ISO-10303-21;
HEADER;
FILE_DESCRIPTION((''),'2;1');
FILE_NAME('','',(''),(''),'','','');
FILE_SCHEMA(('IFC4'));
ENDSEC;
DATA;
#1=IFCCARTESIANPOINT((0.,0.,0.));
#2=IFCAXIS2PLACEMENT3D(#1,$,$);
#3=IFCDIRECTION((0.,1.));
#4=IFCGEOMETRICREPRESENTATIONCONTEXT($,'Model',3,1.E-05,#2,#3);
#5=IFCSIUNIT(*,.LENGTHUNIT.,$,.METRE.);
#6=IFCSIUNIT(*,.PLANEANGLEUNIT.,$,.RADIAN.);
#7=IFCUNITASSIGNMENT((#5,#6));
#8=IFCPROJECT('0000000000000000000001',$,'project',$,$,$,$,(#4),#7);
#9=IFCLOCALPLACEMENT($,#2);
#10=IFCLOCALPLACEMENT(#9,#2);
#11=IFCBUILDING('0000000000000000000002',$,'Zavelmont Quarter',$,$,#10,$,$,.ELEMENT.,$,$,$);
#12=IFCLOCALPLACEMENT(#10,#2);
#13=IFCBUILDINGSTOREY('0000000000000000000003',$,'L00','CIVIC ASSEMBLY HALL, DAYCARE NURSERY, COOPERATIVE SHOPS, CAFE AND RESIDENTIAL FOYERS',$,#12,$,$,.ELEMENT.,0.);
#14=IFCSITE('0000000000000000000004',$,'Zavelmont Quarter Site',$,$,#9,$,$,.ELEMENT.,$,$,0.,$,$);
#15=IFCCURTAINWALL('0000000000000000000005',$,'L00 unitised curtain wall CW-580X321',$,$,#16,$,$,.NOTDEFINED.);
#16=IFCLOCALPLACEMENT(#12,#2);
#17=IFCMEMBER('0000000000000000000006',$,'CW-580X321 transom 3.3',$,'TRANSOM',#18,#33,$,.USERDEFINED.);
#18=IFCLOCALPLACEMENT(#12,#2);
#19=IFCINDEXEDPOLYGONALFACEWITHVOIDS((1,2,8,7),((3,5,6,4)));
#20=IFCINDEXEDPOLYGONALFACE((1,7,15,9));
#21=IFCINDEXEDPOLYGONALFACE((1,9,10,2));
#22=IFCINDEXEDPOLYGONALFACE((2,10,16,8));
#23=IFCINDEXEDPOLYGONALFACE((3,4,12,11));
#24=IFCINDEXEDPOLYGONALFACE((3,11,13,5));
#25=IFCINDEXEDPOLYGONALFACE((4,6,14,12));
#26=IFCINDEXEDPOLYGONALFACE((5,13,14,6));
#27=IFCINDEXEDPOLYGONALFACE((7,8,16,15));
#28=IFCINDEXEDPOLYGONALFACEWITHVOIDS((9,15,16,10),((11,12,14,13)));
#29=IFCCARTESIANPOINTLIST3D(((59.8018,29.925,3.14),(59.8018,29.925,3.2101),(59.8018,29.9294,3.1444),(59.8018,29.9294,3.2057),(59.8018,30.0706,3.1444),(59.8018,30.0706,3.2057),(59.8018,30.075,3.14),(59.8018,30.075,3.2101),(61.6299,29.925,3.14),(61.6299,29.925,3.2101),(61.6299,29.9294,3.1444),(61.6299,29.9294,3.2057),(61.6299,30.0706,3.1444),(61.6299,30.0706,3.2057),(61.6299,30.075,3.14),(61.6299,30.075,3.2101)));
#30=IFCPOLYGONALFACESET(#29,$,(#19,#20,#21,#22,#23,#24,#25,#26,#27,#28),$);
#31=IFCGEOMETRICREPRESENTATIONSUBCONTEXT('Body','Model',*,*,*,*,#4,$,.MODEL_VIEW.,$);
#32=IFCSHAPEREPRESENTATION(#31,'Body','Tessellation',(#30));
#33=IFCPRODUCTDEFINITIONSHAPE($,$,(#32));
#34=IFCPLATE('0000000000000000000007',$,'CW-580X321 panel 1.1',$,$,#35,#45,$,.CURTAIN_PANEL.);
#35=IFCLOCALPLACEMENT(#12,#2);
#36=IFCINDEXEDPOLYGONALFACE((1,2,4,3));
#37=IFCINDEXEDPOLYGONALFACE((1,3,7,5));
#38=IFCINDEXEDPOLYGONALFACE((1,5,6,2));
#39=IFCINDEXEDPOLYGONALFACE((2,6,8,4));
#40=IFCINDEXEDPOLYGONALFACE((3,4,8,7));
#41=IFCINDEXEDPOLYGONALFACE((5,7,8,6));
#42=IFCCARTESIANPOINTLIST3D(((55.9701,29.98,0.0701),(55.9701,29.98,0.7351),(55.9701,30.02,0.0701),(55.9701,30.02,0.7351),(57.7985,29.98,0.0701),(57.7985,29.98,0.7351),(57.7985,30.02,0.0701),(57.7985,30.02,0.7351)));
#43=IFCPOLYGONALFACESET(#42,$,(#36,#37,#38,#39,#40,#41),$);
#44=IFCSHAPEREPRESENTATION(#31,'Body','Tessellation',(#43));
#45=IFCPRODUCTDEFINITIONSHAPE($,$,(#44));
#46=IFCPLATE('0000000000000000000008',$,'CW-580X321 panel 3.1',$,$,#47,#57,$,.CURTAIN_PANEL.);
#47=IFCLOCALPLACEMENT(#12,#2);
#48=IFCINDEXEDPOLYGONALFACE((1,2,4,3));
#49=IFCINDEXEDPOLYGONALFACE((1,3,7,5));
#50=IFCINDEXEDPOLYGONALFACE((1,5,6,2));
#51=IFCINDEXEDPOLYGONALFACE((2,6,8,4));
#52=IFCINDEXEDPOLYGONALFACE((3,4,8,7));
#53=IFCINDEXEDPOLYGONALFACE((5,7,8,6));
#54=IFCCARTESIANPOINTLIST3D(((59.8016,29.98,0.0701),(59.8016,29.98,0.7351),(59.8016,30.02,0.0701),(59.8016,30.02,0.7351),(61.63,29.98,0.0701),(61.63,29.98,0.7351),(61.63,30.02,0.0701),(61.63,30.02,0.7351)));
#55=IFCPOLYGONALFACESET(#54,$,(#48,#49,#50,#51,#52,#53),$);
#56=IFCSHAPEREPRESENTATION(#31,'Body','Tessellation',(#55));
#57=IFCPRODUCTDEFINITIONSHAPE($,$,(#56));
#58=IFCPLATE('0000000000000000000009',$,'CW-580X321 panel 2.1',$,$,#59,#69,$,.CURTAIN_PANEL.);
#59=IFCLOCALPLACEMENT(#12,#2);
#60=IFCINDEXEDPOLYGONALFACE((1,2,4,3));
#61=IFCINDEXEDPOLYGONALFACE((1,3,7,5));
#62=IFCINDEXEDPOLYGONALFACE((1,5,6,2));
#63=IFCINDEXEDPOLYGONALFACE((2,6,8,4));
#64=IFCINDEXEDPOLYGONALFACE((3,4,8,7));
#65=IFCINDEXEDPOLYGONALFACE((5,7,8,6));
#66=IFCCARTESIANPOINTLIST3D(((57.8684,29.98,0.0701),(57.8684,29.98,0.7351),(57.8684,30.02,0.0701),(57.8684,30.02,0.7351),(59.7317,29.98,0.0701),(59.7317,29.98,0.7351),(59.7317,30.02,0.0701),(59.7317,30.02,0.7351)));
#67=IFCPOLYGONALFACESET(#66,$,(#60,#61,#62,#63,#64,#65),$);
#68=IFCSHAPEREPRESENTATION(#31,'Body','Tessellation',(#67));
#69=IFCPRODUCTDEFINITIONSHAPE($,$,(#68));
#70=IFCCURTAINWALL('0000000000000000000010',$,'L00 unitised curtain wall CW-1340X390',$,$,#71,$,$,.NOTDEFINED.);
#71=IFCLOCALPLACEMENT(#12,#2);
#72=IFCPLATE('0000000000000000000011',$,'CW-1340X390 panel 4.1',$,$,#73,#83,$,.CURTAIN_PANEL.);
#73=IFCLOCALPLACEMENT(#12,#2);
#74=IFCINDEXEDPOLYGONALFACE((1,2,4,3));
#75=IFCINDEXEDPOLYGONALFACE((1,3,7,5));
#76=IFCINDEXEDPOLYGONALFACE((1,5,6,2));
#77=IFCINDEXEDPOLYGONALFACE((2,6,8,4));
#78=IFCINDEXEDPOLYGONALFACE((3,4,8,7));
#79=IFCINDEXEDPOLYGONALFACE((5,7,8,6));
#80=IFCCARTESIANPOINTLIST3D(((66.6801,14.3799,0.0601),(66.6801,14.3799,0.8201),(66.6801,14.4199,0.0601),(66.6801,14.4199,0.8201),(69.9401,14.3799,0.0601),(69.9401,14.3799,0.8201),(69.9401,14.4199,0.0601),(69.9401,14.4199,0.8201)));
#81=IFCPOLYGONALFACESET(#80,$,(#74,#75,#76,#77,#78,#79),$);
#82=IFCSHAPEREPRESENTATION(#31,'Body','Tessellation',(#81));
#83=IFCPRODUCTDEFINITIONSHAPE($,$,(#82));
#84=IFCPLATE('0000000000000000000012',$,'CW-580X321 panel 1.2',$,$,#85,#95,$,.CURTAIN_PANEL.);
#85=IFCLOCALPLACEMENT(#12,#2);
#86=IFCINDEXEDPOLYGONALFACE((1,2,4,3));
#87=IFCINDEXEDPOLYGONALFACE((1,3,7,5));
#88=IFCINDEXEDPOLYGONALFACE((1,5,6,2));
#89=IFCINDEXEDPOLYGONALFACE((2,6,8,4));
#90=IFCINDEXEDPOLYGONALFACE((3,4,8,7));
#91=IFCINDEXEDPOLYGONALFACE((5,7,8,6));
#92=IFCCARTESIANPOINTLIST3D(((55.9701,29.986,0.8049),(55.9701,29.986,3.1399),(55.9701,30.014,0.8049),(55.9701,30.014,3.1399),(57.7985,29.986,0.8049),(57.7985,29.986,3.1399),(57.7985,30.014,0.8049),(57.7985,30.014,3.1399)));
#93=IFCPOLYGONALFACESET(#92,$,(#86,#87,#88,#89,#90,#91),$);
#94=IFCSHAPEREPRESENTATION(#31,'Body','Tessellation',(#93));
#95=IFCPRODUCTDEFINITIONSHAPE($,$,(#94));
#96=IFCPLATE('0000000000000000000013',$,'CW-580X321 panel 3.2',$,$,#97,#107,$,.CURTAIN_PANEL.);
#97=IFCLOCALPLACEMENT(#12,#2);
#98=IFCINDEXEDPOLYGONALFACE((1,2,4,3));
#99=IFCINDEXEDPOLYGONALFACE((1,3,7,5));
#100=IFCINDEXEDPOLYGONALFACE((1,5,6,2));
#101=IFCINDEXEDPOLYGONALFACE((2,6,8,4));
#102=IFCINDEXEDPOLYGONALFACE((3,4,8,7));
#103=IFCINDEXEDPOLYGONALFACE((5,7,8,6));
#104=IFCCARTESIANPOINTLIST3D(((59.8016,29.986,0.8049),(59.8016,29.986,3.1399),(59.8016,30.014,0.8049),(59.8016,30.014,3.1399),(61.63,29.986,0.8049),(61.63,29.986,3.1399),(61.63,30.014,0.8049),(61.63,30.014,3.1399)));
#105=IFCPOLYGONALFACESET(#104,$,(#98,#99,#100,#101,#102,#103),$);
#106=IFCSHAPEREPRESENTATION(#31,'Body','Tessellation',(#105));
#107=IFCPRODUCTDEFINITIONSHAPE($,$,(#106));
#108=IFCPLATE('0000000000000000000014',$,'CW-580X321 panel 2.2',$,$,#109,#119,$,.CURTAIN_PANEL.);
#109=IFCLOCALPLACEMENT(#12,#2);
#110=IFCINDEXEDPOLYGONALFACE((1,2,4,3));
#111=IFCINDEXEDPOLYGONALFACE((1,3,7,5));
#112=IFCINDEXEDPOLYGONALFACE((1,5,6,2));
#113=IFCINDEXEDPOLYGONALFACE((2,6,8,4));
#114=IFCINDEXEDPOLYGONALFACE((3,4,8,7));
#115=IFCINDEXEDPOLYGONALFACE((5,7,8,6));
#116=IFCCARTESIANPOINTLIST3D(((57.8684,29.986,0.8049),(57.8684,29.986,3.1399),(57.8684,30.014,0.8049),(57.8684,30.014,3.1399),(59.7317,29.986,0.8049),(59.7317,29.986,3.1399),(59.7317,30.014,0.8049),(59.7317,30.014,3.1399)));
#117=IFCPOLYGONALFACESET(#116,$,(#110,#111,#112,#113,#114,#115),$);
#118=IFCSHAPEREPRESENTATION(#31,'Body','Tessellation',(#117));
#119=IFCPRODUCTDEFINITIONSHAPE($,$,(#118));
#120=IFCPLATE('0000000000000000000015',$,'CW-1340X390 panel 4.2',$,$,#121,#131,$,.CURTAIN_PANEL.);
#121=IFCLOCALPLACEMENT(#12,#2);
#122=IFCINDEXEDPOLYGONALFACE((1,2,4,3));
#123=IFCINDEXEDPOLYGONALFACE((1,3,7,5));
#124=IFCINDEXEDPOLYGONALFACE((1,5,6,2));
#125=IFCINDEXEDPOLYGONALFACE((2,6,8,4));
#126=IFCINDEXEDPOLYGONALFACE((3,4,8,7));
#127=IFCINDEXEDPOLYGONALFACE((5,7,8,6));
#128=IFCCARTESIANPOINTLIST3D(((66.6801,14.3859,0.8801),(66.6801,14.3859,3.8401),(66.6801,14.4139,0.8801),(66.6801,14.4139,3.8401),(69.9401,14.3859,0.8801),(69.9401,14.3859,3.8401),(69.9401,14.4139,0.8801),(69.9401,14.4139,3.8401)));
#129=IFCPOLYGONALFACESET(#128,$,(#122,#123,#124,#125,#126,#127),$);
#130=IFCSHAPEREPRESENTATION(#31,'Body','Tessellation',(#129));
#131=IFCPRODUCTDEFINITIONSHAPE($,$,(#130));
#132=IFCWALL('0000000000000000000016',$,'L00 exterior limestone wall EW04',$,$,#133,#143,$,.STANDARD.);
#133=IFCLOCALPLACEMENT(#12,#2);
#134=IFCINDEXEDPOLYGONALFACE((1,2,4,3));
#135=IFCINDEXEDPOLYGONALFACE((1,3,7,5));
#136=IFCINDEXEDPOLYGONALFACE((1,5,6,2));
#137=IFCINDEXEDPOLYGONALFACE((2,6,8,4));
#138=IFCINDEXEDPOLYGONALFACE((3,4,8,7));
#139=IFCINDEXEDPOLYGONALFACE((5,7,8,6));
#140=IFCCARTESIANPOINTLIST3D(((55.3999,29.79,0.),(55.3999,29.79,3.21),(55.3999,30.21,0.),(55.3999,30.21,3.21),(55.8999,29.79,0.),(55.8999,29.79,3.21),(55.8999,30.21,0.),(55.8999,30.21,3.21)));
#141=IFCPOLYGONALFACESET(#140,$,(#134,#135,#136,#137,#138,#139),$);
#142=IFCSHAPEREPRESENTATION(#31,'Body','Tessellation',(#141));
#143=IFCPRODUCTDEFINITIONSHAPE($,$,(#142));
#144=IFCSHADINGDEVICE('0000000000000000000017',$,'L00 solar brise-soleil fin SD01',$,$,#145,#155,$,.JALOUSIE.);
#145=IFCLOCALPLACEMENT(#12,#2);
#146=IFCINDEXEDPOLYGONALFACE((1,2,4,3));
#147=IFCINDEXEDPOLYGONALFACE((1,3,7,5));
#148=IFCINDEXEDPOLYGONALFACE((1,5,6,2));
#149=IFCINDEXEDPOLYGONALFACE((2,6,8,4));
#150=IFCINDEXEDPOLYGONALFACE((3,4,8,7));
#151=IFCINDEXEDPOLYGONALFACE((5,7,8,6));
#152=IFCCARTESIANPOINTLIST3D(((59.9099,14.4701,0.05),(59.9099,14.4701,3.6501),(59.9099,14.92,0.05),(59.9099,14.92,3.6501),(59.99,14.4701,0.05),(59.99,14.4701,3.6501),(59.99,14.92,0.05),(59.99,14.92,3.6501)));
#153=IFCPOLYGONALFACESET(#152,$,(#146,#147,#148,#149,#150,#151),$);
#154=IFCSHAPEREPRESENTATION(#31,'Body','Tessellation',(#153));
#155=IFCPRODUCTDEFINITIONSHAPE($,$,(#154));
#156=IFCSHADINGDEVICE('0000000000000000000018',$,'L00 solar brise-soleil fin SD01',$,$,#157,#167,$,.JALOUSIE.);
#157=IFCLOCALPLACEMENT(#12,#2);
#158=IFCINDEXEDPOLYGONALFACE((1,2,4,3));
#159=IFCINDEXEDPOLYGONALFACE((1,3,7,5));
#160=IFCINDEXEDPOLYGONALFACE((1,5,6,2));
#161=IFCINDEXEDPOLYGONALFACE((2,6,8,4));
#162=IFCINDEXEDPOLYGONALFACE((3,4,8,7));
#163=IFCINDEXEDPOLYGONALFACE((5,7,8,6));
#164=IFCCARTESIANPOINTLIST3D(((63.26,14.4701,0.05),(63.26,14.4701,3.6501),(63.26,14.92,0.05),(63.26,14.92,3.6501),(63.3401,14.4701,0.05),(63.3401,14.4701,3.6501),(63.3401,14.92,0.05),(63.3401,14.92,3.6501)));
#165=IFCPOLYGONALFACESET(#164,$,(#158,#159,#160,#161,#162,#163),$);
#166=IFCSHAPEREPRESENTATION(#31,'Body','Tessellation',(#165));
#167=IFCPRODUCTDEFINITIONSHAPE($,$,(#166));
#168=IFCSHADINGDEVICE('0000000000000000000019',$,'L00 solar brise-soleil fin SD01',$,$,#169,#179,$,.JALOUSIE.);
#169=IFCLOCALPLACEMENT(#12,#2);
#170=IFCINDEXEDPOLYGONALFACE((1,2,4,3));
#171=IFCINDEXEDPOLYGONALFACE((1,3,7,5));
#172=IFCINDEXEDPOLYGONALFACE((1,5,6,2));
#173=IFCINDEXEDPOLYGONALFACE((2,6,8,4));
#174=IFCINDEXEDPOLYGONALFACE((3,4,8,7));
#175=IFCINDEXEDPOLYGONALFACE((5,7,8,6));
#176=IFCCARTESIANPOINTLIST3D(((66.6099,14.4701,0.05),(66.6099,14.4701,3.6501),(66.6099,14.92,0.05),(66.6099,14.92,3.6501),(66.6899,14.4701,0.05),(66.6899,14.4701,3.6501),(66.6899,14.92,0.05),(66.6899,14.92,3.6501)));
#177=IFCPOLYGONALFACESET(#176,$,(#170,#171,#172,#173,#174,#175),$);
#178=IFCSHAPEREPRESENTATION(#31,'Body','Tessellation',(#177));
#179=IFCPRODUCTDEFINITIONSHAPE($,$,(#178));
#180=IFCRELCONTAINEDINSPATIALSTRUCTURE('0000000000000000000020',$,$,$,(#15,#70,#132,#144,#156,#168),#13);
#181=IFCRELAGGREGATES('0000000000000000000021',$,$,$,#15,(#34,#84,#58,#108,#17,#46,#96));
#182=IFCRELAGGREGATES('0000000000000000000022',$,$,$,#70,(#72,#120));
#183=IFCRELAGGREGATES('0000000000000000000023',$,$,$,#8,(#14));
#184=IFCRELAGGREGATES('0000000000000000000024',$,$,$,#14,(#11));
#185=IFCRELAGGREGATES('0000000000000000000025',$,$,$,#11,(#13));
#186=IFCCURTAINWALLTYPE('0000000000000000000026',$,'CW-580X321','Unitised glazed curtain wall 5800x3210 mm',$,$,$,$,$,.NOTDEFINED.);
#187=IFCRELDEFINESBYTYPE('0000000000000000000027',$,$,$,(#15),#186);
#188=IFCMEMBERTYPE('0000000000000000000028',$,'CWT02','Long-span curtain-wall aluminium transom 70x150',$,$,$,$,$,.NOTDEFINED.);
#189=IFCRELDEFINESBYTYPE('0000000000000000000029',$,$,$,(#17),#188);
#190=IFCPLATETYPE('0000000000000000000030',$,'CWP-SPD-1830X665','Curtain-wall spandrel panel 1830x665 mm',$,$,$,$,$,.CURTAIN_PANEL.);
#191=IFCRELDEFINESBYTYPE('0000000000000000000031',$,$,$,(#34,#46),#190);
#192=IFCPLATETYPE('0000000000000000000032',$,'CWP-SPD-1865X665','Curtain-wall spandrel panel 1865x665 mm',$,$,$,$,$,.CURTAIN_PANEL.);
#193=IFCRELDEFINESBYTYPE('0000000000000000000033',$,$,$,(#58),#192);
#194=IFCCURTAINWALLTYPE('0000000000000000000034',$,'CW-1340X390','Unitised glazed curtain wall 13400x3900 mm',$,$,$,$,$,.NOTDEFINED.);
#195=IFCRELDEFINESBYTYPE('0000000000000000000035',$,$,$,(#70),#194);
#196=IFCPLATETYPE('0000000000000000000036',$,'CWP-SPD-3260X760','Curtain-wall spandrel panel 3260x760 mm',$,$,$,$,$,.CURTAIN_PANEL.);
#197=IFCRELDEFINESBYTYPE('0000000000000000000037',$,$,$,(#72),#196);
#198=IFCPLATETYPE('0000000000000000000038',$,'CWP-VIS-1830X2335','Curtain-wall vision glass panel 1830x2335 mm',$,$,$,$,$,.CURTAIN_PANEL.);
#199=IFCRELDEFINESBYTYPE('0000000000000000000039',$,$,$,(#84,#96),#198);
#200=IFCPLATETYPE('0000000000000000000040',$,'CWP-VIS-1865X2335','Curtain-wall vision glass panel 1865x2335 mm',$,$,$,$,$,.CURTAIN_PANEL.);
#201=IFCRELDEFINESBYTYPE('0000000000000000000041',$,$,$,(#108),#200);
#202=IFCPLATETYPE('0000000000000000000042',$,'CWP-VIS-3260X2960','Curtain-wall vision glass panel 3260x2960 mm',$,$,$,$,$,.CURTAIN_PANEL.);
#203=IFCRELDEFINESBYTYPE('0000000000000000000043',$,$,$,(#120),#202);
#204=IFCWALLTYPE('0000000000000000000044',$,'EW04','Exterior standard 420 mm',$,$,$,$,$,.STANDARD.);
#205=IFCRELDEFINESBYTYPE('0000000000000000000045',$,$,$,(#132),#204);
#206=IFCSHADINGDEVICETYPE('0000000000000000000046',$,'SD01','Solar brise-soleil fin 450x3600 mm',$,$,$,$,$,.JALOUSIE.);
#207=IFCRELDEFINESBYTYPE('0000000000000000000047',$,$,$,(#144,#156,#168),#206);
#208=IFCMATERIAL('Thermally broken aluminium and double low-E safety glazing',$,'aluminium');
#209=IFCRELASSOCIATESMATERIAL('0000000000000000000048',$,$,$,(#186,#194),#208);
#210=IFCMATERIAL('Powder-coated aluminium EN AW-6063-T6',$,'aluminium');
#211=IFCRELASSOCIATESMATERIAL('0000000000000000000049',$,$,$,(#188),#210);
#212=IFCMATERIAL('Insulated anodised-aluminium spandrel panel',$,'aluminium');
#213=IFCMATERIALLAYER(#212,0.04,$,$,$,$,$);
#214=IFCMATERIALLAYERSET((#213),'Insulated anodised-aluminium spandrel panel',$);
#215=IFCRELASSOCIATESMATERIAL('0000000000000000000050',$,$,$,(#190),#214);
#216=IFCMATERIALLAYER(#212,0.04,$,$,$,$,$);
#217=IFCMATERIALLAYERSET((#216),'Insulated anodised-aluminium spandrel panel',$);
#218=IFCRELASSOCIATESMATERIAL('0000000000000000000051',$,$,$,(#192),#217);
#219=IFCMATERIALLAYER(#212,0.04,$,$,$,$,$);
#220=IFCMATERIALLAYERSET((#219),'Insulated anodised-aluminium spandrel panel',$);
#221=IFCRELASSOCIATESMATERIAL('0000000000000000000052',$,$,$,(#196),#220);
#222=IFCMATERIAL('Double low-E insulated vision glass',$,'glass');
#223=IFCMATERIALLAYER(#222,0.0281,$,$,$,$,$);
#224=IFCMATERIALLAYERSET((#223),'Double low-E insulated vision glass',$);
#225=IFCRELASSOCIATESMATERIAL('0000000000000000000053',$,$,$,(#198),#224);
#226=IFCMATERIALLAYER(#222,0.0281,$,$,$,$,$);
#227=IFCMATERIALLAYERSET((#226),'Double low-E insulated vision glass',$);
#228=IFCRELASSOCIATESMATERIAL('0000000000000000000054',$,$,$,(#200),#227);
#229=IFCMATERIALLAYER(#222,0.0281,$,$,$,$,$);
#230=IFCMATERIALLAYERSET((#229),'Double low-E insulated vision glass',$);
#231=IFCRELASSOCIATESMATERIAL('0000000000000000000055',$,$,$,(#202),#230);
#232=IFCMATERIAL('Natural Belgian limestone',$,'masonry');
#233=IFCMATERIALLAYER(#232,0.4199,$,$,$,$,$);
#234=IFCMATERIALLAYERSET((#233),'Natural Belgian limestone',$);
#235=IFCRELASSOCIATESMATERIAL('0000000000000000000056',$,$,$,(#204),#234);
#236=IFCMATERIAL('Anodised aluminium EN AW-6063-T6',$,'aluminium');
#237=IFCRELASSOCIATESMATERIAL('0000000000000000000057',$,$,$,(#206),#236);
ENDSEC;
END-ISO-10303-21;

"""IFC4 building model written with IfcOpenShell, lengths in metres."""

from ifc_helpers import new_model, si_unit, direction, frame, frame_2d, origin, origin_2d, place, context, subcontext, project, spatial, rectangle, hollow_rectangle, extrude, material, layer, layer_set, material_profile, profile_set, type_object, element, aggregate, save


model = new_model("IFC4")

# Units and contexts
model_context = context("Model", 3, precision=1e-05, world=origin(), true_north=direction((0.0, 1.0)))
body_context = subcontext(model_context, "Body", "Model", "MODEL_VIEW")
ifc_project = project(units=[si_unit("LENGTHUNIT", "METRE"), si_unit("PLANEANGLEUNIT", "RADIAN")], contexts=[model_context])

# Site, building, storey
site_placement = place(None, origin())
site = spatial("IfcSite", under=ifc_project, at=site_placement, Name="Zavelmont Quarter Site", CompositionType="ELEMENT", RefElevation=0.0)
building_placement = place(site_placement, origin())
building = spatial("IfcBuilding", under=site, at=building_placement, Name="Zavelmont Quarter", CompositionType="ELEMENT")
storey_placement = place(building_placement, origin())
storey = spatial("IfcBuildingStorey", under=building, at=storey_placement, Name="L00", Description="CIVIC ASSEMBLY HALL, DAYCARE NURSERY, COOPERATIVE SHOPS, CAFE AND RESIDENTIAL FOYERS", CompositionType="ELEMENT", Elevation=0.0)

# Curtain wall, member, plates
ifc_material_1 = material(Name="Thermally broken aluminium and double low-E safety glazing", Category="aluminium")
curtain_wall_type_1 = type_object("IfcCurtainWallType", Name="CW-580X321", Description="Unitised glazed curtain wall 5800x3210 mm", PredefinedType="NOTDEFINED", material=ifc_material_1)
curtain_wall_1_placement = place(storey_placement, origin())
curtain_wall_1 = element("IfcCurtainWall", 1, at=curtain_wall_1_placement, inside=storey, type_object=curtain_wall_type_1, Name="L00 unitised curtain wall CW-580X321", PredefinedType="NOTDEFINED")
ifc_material_2 = material(Name="Powder-coated aluminium EN AW-6063-T6", Category="aluminium")
ifc_material_profile_1 = material_profile(ifc_material_2, hollow_rectangle(XDim=0.1499, YDim=0.0701, WallThickness=0.0044, at=origin_2d()), Name="CWT70X150")
ifc_profile_set_1 = profile_set([ifc_material_profile_1], Name="Powder-coated aluminium EN AW-6063-T6")
member_type_1 = type_object("IfcMemberType", Name="CWT02", Description="Long-span curtain-wall aluminium transom 70x150", PredefinedType="NOTDEFINED", material=ifc_profile_set_1)
member_1_placement = place(storey_placement, frame((59.8018, 30.0, 3.175), z_axis=(1.0, 0.0, 0.0), x_axis=(0.0, 1.0, 0.0)))
member_1 = element("IfcMember", 2, at=member_1_placement, type_object=member_type_1, Name="CW-580X321 transom 3.3", ObjectType="TRANSOM", PredefinedType="USERDEFINED", context=body_context, shape_type="SweptSolid", body=[
    extrude(hollow_rectangle(XDim=0.1499, YDim=0.0701, WallThickness=0.0044, at=origin_2d()), origin(), (0.0, 0.0, 1.0), 1.8281),
])
ifc_material_3 = material(Name="Insulated anodised-aluminium spandrel panel", Category="aluminium")
ifc_layer_1 = layer(ifc_material_3, 0.04)
ifc_layer_set_1 = layer_set([ifc_layer_1], Name="Insulated anodised-aluminium spandrel panel")
plate_type_1 = type_object("IfcPlateType", Name="CWP-SPD-1830X665", Description="Curtain-wall spandrel panel 1830x665 mm", PredefinedType="CURTAIN_PANEL", material=ifc_layer_set_1)
plate_1_placement = place(storey_placement, frame((56.8843, 30.0, 0.0701), z_axis=(0.0, 0.0, 1.0), x_axis=(1.0, 0.0, 0.0)))
plate_1 = element("IfcPlate", 3, at=plate_1_placement, type_object=plate_type_1, Name="CW-580X321 panel 1.1", PredefinedType="CURTAIN_PANEL", context=body_context, shape_type="SweptSolid", body=[
    extrude(rectangle(XDim=1.8284, YDim=0.04, at=origin_2d()), origin(), (0.0, 0.0, 1.0), 0.665),
])
plate_2_placement = place(storey_placement, frame((60.7158, 30.0, 0.0701), z_axis=(0.0, 0.0, 1.0), x_axis=(1.0, 0.0, 0.0)))
plate_2 = element("IfcPlate", 4, at=plate_2_placement, type_object=plate_type_1, Name="CW-580X321 panel 3.1", PredefinedType="CURTAIN_PANEL", context=body_context, shape_type="SweptSolid", body=[
    extrude(rectangle(XDim=1.8284, YDim=0.04, at=origin_2d()), origin(), (0.0, 0.0, 1.0), 0.665),
])
ifc_layer_2 = layer(ifc_material_3, 0.04)
ifc_layer_set_2 = layer_set([ifc_layer_2], Name="Insulated anodised-aluminium spandrel panel")
plate_type_2 = type_object("IfcPlateType", Name="CWP-SPD-1865X665", Description="Curtain-wall spandrel panel 1865x665 mm", PredefinedType="CURTAIN_PANEL", material=ifc_layer_set_2)
plate_3_placement = place(storey_placement, frame((58.8, 30.0, 0.0701), z_axis=(0.0, 0.0, 1.0), x_axis=(1.0, 0.0, 0.0)))
plate_3 = element("IfcPlate", 5, at=plate_3_placement, type_object=plate_type_2, Name="CW-580X321 panel 2.1", PredefinedType="CURTAIN_PANEL", context=body_context, shape_type="SweptSolid", body=[
    extrude(rectangle(XDim=1.8633, YDim=0.04, at=origin_2d()), origin(), (0.0, 0.0, 1.0), 0.665),
])

# Curtain wall, plate
curtain_wall_type_2 = type_object("IfcCurtainWallType", Name="CW-1340X390", Description="Unitised glazed curtain wall 13400x3900 mm", PredefinedType="NOTDEFINED", material=ifc_material_1)
curtain_wall_2_placement = place(storey_placement, origin())
curtain_wall_2 = element("IfcCurtainWall", 6, at=curtain_wall_2_placement, inside=storey, type_object=curtain_wall_type_2, Name="L00 unitised curtain wall CW-1340X390", PredefinedType="NOTDEFINED")
ifc_layer_3 = layer(ifc_material_3, 0.04)
ifc_layer_set_3 = layer_set([ifc_layer_3], Name="Insulated anodised-aluminium spandrel panel")
plate_type_3 = type_object("IfcPlateType", Name="CWP-SPD-3260X760", Description="Curtain-wall spandrel panel 3260x760 mm", PredefinedType="CURTAIN_PANEL", material=ifc_layer_set_3)
plate_4_placement = place(storey_placement, frame((68.3101, 14.3999, 0.0601), z_axis=(0.0, 0.0, 1.0), x_axis=(1.0, 0.0, 0.0)))
plate_4 = element("IfcPlate", 7, at=plate_4_placement, type_object=plate_type_3, Name="CW-1340X390 panel 4.1", PredefinedType="CURTAIN_PANEL", context=body_context, shape_type="SweptSolid", body=[
    extrude(rectangle(XDim=3.26, YDim=0.04, at=origin_2d()), origin(), (0.0, 0.0, 1.0), 0.76),
])

# Plates
ifc_material_4 = material(Name="Double low-E insulated vision glass", Category="glass")
ifc_layer_4 = layer(ifc_material_4, 0.0281)
ifc_layer_set_4 = layer_set([ifc_layer_4], Name="Double low-E insulated vision glass")
plate_type_4 = type_object("IfcPlateType", Name="CWP-VIS-1830X2335", Description="Curtain-wall vision glass panel 1830x2335 mm", PredefinedType="CURTAIN_PANEL", material=ifc_layer_set_4)
plate_5_placement = place(storey_placement, frame((56.8843, 30.0, 0.8049), z_axis=(0.0, 0.0, 1.0), x_axis=(1.0, 0.0, 0.0)))
plate_5 = element("IfcPlate", 8, at=plate_5_placement, type_object=plate_type_4, Name="CW-580X321 panel 1.2", PredefinedType="CURTAIN_PANEL", context=body_context, shape_type="SweptSolid", body=[
    extrude(rectangle(XDim=1.8284, YDim=0.0281, at=origin_2d()), origin(), (0.0, 0.0, 1.0), 2.335),
])
plate_6_placement = place(storey_placement, frame((60.7158, 30.0, 0.8049), z_axis=(0.0, 0.0, 1.0), x_axis=(1.0, 0.0, 0.0)))
plate_6 = element("IfcPlate", 9, at=plate_6_placement, type_object=plate_type_4, Name="CW-580X321 panel 3.2", PredefinedType="CURTAIN_PANEL", context=body_context, shape_type="SweptSolid", body=[
    extrude(rectangle(XDim=1.8284, YDim=0.0281, at=origin_2d()), origin(), (0.0, 0.0, 1.0), 2.335),
])
ifc_layer_5 = layer(ifc_material_4, 0.0281)
ifc_layer_set_5 = layer_set([ifc_layer_5], Name="Double low-E insulated vision glass")
plate_type_5 = type_object("IfcPlateType", Name="CWP-VIS-1865X2335", Description="Curtain-wall vision glass panel 1865x2335 mm", PredefinedType="CURTAIN_PANEL", material=ifc_layer_set_5)
plate_7_placement = place(storey_placement, frame((58.8, 30.0, 0.8049), z_axis=(0.0, 0.0, 1.0), x_axis=(1.0, 0.0, 0.0)))
plate_7 = element("IfcPlate", 10, at=plate_7_placement, type_object=plate_type_5, Name="CW-580X321 panel 2.2", PredefinedType="CURTAIN_PANEL", context=body_context, shape_type="SweptSolid", body=[
    extrude(rectangle(XDim=1.8633, YDim=0.0281, at=origin_2d()), origin(), (0.0, 0.0, 1.0), 2.335),
])
aggregate(curtain_wall_1, [plate_1, plate_5, plate_3, plate_7, member_1, plate_2, plate_6])
ifc_layer_6 = layer(ifc_material_4, 0.0281)
ifc_layer_set_6 = layer_set([ifc_layer_6], Name="Double low-E insulated vision glass")
plate_type_6 = type_object("IfcPlateType", Name="CWP-VIS-3260X2960", Description="Curtain-wall vision glass panel 3260x2960 mm", PredefinedType="CURTAIN_PANEL", material=ifc_layer_set_6)
plate_8_placement = place(storey_placement, frame((68.3101, 14.3999, 0.8801), z_axis=(0.0, 0.0, 1.0), x_axis=(1.0, 0.0, 0.0)))
plate_8 = element("IfcPlate", 11, at=plate_8_placement, type_object=plate_type_6, Name="CW-1340X390 panel 4.2", PredefinedType="CURTAIN_PANEL", context=body_context, shape_type="SweptSolid", body=[
    extrude(rectangle(XDim=3.26, YDim=0.0281, at=origin_2d()), origin(), (0.0, 0.0, 1.0), 2.96),
])
aggregate(curtain_wall_2, [plate_4, plate_8])

# Wall
ifc_material_5 = material(Name="Natural Belgian limestone", Category="masonry")
ifc_layer_7 = layer(ifc_material_5, 0.4199)
ifc_layer_set_7 = layer_set([ifc_layer_7], Name="Natural Belgian limestone")
wall_type = type_object("IfcWallType", Name="EW04", Description="Exterior standard 420 mm", PredefinedType="STANDARD", material=ifc_layer_set_7)
wall_placement = place(storey_placement, frame((55.3999, 30.0, 0.0), z_axis=(0.0, 0.0, 1.0), x_axis=(1.0, 0.0, 0.0)))
element("IfcWall", 12, at=wall_placement, inside=storey, type_object=wall_type, Name="L00 exterior limestone wall EW04", PredefinedType="STANDARD", context=body_context, shape_type="SweptSolid", body=[
    extrude(rectangle(XDim=0.5, YDim=0.4199, at=frame_2d((0.25, 0.0))), origin(), (0.0, 0.0, 1.0), 3.21),
])

# Shading devices
ifc_material_6 = material(Name="Anodised aluminium EN AW-6063-T6", Category="aluminium")
shading_device_type_1 = type_object("IfcShadingDeviceType", Name="SD01", Description="Solar brise-soleil fin 450x3600 mm", PredefinedType="JALOUSIE", material=ifc_material_6)
for number, where, z_axis, x_axis, name in (
    (13, (59.95, 14.6951, 0.05), (0.0, 0.0, 1.0), (1.0, 0.0, 0.0), "L00 solar brise-soleil fin SD01"),
    (14, (63.3, 14.6951, 0.05), (0.0, 0.0, 1.0), (1.0, 0.0, 0.0), "L00 solar brise-soleil fin SD01"),
    (15, (66.6499, 14.6951, 0.05), (0.0, 0.0, 1.0), (1.0, 0.0, 0.0), "L00 solar brise-soleil fin SD01"),
):
    element("IfcShadingDevice", number, at=place(storey_placement, frame(where, z_axis=z_axis, x_axis=x_axis)), inside=storey, type_object=shading_device_type_1, Name=name, PredefinedType="JALOUSIE", context=body_context, shape_type="SweptSolid", body=[
        extrude(rectangle(XDim=0.0801, YDim=0.45, at=origin_2d()), origin(), (0.0, 0.0, 1.0), 3.6001),
    ])

save(model, "model.ifc")
